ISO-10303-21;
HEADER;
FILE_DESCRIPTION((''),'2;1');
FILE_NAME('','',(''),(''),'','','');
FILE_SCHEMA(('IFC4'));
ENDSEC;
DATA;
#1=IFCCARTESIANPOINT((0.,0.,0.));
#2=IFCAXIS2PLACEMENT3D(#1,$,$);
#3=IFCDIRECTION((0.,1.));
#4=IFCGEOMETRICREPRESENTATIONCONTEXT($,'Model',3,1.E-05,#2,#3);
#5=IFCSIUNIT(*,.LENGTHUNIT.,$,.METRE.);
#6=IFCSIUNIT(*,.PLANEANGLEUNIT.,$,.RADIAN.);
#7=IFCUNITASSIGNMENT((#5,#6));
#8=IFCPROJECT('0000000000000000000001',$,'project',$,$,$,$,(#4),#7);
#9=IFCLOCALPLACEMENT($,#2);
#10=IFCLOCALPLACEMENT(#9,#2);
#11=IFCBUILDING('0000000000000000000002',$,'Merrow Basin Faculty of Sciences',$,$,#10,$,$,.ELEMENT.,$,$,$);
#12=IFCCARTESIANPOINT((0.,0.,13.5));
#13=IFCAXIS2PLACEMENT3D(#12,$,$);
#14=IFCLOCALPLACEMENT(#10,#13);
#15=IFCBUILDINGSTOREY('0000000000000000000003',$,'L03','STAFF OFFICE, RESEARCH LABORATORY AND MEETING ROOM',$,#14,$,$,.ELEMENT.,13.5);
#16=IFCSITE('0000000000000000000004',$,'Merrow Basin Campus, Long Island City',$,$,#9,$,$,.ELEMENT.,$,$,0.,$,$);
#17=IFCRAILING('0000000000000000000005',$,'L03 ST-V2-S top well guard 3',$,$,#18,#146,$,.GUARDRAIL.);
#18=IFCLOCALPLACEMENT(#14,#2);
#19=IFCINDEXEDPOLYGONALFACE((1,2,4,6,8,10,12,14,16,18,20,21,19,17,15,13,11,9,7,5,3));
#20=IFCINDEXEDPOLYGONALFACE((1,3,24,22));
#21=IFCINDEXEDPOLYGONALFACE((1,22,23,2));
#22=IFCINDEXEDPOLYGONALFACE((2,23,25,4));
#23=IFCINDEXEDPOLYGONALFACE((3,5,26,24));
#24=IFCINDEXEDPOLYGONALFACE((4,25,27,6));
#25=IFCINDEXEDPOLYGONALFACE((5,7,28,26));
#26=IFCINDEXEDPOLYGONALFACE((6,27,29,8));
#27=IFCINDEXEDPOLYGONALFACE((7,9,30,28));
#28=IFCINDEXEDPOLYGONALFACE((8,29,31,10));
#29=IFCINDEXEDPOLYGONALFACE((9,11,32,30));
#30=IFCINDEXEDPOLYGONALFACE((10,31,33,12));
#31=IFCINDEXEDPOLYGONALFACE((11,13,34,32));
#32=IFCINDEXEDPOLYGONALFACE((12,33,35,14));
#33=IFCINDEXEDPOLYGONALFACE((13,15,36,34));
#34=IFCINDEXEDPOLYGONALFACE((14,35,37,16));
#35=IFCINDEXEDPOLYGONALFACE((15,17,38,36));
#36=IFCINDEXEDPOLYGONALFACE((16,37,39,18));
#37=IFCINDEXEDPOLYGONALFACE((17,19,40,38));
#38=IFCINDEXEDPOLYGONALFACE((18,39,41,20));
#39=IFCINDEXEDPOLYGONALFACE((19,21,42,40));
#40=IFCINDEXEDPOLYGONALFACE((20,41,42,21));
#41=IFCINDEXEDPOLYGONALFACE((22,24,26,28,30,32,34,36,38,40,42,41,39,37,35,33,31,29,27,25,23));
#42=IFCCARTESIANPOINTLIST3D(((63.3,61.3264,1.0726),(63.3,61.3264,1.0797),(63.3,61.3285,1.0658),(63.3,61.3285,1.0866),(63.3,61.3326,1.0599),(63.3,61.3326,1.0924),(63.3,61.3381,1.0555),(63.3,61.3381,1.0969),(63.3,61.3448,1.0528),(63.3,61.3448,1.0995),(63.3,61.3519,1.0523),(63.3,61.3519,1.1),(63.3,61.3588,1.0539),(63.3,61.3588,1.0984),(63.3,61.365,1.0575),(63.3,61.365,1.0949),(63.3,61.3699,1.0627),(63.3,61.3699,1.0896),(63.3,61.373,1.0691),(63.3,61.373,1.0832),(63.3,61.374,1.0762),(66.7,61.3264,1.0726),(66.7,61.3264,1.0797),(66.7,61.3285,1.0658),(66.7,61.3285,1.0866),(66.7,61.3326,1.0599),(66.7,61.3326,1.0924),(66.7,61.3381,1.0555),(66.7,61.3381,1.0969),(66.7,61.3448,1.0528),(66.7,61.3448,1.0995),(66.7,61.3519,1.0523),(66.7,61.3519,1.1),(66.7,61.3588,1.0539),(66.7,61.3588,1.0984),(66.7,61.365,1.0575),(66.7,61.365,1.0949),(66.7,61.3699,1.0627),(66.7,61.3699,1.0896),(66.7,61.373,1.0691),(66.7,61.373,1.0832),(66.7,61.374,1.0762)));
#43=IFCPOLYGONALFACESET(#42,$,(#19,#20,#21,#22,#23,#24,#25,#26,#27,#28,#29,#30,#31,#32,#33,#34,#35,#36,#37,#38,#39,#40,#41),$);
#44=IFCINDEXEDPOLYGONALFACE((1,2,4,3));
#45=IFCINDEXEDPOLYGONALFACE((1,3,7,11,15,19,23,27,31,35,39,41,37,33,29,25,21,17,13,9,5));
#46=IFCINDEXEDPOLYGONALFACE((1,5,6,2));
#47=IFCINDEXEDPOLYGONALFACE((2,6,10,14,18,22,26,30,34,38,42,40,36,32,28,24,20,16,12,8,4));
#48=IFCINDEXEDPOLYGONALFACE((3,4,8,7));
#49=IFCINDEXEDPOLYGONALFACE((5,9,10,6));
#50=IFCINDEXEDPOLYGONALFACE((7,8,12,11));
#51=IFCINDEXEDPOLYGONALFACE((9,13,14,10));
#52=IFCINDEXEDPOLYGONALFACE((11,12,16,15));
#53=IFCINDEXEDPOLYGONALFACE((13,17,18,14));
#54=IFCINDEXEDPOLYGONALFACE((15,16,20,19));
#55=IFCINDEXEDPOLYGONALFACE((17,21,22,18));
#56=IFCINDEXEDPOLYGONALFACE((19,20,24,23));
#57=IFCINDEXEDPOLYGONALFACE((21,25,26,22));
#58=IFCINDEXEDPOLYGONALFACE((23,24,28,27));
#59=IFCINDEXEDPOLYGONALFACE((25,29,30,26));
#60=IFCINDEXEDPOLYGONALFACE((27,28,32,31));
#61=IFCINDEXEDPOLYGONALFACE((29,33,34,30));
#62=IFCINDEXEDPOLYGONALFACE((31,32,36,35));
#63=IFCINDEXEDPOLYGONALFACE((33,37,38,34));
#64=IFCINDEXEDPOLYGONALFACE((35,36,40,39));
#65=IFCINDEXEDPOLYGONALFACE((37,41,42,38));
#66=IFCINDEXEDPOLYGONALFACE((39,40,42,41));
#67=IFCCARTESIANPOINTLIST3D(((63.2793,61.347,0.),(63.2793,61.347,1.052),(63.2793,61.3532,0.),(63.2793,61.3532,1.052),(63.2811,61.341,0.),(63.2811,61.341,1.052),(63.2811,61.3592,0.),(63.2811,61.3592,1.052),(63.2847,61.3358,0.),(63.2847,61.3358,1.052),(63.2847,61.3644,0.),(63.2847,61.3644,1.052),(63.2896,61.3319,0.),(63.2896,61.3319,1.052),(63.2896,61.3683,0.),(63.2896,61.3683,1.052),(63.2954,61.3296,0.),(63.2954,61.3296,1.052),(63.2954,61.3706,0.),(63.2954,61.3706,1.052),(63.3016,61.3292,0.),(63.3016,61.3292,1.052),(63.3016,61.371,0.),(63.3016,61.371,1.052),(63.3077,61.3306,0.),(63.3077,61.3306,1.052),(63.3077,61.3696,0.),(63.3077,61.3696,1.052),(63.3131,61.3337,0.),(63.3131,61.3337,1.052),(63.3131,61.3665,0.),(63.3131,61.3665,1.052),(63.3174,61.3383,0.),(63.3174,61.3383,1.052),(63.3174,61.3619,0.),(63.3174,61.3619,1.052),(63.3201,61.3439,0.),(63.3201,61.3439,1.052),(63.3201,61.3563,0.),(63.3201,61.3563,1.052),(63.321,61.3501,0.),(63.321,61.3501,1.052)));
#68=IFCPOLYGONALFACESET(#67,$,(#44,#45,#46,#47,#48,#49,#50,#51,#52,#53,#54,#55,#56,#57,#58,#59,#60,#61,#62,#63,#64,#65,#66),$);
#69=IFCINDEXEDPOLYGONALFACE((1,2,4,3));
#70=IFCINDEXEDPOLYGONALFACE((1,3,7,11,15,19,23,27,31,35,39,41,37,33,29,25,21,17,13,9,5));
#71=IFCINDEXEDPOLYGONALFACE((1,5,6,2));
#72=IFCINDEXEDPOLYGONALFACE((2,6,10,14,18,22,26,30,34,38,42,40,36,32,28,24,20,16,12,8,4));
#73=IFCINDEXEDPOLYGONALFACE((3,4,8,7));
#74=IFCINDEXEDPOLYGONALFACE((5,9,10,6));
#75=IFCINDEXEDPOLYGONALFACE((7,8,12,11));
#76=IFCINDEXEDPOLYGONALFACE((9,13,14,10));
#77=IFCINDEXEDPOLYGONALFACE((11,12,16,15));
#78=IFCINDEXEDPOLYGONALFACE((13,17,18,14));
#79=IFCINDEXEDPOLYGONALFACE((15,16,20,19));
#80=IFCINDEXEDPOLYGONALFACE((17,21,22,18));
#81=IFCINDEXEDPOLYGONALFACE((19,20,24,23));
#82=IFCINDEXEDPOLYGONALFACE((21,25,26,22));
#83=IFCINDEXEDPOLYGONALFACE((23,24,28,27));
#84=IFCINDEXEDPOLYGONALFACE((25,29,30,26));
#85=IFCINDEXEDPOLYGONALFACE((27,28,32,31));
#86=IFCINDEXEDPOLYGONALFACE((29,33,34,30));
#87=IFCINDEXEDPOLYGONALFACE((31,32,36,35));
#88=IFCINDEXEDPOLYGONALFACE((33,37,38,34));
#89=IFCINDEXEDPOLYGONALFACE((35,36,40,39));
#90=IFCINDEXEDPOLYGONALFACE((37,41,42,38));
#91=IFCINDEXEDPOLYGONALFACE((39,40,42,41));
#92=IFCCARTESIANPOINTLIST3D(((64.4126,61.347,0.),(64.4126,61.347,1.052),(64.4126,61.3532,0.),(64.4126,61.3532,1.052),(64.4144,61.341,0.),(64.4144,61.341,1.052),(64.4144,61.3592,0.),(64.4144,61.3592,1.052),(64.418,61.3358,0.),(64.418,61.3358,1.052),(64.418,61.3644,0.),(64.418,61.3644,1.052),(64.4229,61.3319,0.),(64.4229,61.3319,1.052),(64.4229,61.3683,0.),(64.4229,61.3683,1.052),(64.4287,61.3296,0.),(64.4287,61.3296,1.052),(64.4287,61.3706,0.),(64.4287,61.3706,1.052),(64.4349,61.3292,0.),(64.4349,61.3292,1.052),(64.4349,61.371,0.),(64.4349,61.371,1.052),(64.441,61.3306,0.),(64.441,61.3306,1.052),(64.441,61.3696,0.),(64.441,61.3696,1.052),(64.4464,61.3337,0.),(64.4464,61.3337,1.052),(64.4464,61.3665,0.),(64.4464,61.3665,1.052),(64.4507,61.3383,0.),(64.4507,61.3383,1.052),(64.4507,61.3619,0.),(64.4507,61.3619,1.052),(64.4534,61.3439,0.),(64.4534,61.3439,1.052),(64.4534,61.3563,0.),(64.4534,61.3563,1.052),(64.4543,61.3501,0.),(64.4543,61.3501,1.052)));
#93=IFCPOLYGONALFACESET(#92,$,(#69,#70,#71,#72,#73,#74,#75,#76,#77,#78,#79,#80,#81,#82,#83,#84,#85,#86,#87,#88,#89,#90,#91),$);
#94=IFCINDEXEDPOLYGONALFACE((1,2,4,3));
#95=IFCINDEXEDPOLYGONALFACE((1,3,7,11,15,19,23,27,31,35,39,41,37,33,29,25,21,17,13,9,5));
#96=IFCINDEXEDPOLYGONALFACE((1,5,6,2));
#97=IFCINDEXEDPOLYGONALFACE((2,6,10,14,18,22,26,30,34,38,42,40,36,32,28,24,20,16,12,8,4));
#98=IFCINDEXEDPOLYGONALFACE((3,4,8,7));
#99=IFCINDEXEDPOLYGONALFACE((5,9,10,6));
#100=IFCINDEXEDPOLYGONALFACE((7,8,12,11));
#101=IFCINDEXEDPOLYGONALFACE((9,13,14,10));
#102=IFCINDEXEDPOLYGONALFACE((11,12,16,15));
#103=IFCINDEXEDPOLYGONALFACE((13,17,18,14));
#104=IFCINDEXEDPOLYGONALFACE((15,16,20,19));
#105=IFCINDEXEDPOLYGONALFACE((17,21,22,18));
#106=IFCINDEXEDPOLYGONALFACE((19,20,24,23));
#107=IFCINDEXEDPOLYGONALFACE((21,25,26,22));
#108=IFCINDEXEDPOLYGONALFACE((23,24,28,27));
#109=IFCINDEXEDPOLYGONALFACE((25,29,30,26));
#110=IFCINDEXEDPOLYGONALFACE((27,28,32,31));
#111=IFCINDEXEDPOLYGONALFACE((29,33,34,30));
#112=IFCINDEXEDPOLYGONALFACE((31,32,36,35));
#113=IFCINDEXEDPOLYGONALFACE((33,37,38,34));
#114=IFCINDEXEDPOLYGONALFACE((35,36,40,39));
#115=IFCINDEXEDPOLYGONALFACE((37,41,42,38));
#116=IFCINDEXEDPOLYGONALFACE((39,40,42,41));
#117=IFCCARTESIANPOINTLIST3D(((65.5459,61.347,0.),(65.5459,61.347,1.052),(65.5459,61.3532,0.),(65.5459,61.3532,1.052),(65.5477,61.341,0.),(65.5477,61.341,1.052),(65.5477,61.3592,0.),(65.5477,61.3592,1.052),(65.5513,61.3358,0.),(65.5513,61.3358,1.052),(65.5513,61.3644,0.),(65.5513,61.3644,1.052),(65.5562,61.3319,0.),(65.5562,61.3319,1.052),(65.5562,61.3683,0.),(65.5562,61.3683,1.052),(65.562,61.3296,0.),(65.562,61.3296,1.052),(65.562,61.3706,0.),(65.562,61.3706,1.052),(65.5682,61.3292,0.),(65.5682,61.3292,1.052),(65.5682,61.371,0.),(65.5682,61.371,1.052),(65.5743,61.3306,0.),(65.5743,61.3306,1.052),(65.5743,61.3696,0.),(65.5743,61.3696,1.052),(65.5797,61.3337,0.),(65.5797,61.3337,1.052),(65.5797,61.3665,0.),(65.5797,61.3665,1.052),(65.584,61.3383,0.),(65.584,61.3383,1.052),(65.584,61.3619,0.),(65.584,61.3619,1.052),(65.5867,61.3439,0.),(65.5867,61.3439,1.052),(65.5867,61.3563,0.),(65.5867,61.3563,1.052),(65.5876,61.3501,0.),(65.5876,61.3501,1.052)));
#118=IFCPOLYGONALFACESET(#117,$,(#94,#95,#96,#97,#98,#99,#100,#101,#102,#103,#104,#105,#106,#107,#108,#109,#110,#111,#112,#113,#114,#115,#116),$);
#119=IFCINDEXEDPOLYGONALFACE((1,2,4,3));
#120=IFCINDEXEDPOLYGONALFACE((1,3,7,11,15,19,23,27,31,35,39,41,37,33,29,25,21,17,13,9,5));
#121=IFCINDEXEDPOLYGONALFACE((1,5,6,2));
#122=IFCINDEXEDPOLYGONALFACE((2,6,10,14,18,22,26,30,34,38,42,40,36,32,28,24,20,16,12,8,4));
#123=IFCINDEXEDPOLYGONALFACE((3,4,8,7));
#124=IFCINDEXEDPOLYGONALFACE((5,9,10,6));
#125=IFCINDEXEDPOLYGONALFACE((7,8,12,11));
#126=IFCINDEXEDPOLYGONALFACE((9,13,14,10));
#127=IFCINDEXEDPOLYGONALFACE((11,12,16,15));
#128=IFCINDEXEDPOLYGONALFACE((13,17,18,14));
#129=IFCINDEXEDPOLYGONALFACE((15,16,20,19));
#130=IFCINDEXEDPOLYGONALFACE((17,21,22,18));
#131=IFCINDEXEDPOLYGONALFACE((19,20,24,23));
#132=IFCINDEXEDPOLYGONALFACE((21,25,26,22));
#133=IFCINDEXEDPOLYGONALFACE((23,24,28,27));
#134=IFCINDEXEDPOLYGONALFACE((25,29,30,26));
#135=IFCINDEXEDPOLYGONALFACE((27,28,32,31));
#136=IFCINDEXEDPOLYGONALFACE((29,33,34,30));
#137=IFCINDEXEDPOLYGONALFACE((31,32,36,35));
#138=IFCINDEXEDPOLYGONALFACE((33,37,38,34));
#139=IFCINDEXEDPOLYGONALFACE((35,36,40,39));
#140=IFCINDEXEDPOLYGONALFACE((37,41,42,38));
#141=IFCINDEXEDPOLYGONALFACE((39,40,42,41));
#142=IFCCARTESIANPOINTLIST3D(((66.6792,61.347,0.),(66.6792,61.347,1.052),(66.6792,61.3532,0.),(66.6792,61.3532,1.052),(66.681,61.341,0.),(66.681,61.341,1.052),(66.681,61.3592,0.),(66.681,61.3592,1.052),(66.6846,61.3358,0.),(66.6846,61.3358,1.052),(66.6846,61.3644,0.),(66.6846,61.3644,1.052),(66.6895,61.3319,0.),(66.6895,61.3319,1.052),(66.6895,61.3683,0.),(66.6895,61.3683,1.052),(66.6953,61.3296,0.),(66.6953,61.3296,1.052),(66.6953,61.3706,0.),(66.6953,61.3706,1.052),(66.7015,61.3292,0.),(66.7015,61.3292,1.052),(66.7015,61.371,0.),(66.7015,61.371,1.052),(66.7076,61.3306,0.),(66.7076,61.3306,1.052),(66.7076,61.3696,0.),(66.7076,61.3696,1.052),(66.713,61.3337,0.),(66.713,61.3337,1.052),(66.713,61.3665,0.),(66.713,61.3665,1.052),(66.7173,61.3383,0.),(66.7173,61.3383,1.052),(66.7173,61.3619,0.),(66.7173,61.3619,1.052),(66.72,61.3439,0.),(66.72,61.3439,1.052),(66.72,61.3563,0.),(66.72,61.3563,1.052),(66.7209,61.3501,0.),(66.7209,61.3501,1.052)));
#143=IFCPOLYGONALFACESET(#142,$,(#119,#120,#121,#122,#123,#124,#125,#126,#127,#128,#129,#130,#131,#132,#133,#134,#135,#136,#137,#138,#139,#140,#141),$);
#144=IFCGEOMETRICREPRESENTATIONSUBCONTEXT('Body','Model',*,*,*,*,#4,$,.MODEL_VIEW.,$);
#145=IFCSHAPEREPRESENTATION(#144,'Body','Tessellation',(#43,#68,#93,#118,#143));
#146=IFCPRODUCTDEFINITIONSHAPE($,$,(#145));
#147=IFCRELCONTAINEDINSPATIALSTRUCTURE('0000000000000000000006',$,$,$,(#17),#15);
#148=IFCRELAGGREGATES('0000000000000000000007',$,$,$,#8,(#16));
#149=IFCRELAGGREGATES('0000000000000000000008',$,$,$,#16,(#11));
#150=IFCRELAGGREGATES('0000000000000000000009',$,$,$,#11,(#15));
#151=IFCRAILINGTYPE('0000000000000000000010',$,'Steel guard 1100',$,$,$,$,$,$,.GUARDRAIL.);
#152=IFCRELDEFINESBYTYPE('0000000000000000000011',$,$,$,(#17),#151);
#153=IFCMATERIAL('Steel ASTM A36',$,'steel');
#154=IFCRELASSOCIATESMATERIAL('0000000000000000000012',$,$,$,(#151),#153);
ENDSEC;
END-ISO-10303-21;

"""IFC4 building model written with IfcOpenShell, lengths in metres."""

from ifc_helpers import new_model, si_unit, direction, frame, origin, origin_2d, place, context, subcontext, project, spatial, circle, extrude, material, type_object, element, save


model = new_model("IFC4")

# Units and contexts
model_context = context("Model", 3, precision=1e-05, world=origin(), true_north=direction((0.0, 1.0)))
body_context = subcontext(model_context, "Body", "Model", "MODEL_VIEW")
ifc_project = project(units=[si_unit("LENGTHUNIT", "METRE"), si_unit("PLANEANGLEUNIT", "RADIAN")], contexts=[model_context])

# Site, building, storey
site_placement = place(None, origin())
site = spatial("IfcSite", under=ifc_project, at=site_placement, Name="Merrow Basin Campus, Long Island City", CompositionType="ELEMENT", RefElevation=0.0)
building_placement = place(site_placement, origin())
building = spatial("IfcBuilding", under=site, at=building_placement, Name="Merrow Basin Faculty of Sciences", CompositionType="ELEMENT")
storey_placement = place(building_placement, frame((0.0, 0.0, 13.5)))
storey = spatial("IfcBuildingStorey", under=building, at=storey_placement, Name="L03", Description="STAFF OFFICE, RESEARCH LABORATORY AND MEETING ROOM", CompositionType="ELEMENT", Elevation=13.5)

# Railing
ifc_material_1 = material(Name="Steel ASTM A36", Category="steel")
railing_type_1 = type_object("IfcRailingType", Name="Steel guard 1100", PredefinedType="GUARDRAIL", material=ifc_material_1)
railing_1_placement = place(storey_placement, frame((63.3, 61.3501, 0.0)))
element("IfcRailing", 1, at=railing_1_placement, inside=storey, type_object=railing_type_1, Name="L03 ST-V2-S top well guard 3", PredefinedType="GUARDRAIL", context=body_context, shape_type="SweptSolid", body=[
    extrude(circle(Radius=0.0239, at=origin_2d()), frame((0.0, 0.0, 1.0762), z_axis=(1.0, 0.0, 0.0), x_axis=(0.0, 1.0, 0.0)), (0.0, 0.0, 1.0), 3.3999),
    extrude(circle(Radius=0.021, at=origin_2d()), origin(), (0.0, 0.0, 1.0), 1.052),
    extrude(circle(Radius=0.021, at=origin_2d()), frame((1.1333, 0.0, 0.0)), (0.0, 0.0, 1.0), 1.052),
    extrude(circle(Radius=0.021, at=origin_2d()), frame((2.2666, 0.0, 0.0)), (0.0, 0.0, 1.0), 1.052),
    extrude(circle(Radius=0.021, at=origin_2d()), frame((3.3999, 0.0, 0.0)), (0.0, 0.0, 1.0), 1.052),
])

save(model, "model.ifc")
